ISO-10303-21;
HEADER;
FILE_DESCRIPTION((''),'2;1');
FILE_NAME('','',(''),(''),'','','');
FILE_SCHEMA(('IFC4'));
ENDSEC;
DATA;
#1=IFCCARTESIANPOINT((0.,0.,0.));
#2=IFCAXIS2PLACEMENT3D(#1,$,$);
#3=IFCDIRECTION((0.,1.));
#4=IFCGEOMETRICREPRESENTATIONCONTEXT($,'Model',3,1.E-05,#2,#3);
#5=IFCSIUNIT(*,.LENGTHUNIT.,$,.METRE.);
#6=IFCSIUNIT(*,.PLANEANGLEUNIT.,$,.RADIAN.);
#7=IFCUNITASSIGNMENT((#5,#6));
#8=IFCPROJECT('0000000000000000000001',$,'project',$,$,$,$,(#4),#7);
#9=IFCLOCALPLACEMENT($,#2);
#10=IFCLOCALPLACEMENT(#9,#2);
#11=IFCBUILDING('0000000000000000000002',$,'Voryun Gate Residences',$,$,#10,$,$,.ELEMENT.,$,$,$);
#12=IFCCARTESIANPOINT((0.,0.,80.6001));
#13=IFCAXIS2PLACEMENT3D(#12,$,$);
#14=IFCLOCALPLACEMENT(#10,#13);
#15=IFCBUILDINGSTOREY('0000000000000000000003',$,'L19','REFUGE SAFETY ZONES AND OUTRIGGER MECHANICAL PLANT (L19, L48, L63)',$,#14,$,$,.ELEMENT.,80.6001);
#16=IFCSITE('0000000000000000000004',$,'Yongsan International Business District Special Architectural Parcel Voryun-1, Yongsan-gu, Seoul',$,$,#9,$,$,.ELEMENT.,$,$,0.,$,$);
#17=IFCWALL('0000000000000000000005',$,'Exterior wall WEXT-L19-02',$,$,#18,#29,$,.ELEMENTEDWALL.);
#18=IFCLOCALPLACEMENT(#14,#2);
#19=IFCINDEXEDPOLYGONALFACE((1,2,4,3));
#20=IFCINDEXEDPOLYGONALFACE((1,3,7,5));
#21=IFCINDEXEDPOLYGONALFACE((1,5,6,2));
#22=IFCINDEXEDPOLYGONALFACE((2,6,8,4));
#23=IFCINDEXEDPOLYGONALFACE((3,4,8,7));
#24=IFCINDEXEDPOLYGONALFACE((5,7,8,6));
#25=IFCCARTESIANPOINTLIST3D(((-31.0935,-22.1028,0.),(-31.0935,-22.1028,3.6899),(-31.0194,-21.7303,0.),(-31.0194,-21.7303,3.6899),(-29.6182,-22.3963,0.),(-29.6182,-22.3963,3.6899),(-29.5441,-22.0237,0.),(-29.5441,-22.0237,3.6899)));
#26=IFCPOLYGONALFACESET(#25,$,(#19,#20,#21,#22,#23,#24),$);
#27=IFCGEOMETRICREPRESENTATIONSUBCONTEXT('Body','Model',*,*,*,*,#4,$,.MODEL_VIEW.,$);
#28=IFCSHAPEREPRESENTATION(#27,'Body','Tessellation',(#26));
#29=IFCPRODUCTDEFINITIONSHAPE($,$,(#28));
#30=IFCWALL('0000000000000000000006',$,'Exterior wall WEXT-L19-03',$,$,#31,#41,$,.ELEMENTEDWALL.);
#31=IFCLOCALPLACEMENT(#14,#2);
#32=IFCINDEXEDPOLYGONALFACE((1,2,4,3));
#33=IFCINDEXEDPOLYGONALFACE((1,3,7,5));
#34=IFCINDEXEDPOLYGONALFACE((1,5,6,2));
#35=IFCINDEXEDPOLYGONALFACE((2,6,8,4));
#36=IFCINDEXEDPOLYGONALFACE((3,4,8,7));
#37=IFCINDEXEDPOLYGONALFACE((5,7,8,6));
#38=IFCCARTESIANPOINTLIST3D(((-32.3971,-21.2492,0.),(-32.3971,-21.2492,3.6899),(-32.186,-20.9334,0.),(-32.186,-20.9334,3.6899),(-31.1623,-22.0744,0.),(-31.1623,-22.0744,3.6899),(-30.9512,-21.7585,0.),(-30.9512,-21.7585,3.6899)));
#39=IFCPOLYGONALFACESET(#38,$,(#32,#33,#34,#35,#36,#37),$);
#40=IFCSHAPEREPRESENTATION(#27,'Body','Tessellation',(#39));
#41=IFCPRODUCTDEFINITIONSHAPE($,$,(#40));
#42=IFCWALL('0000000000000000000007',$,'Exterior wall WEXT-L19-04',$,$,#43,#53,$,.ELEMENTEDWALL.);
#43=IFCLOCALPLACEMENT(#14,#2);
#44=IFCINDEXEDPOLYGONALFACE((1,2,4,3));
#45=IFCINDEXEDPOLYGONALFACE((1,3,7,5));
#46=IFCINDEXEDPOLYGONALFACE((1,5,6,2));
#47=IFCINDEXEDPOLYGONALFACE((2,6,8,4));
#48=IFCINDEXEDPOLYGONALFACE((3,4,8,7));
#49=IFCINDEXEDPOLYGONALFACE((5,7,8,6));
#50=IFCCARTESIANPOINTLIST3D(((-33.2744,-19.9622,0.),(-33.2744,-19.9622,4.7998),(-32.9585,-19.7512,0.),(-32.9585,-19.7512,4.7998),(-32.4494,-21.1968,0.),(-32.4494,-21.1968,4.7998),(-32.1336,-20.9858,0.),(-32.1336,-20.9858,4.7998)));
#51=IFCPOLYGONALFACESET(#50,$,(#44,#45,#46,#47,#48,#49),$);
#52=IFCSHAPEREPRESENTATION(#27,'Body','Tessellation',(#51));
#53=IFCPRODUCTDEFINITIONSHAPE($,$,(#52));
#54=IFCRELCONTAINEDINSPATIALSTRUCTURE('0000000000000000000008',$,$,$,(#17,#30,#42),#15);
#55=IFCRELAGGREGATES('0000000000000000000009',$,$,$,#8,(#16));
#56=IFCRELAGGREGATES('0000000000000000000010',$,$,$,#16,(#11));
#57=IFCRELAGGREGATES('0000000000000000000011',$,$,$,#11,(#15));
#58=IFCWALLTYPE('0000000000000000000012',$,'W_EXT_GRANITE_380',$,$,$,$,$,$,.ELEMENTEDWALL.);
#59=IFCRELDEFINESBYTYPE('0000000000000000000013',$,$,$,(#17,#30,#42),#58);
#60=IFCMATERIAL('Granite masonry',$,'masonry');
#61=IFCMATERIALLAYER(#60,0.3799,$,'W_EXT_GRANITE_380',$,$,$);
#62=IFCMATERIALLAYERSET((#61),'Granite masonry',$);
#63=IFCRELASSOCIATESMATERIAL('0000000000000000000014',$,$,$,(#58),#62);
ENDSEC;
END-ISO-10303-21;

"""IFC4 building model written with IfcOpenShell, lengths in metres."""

from ifc_helpers import new_model, si_unit, direction, frame, frame_2d, origin, place, context, subcontext, project, spatial, rectangle, extrude, material, layer, layer_set, type_object, element, save


model = new_model("IFC4")

# Units and contexts
model_context = context("Model", 3, precision=1e-05, world=origin(), true_north=direction((0.0, 1.0)))
body_context = subcontext(model_context, "Body", "Model", "MODEL_VIEW")
ifc_project = project(units=[si_unit("LENGTHUNIT", "METRE"), si_unit("PLANEANGLEUNIT", "RADIAN")], contexts=[model_context])

# Site, building, storey
site_placement = place(None, origin())
site = spatial("IfcSite", under=ifc_project, at=site_placement, Name="Yongsan International Business District Special Architectural Parcel Voryun-1, Yongsan-gu, Seoul", CompositionType="ELEMENT", RefElevation=0.0)
building_placement = place(site_placement, origin())
building = spatial("IfcBuilding", under=site, at=building_placement, Name="Voryun Gate Residences", CompositionType="ELEMENT")
storey_placement = place(building_placement, frame((0.0, 0.0, 80.6001)))
storey = spatial("IfcBuildingStorey", under=building, at=storey_placement, Name="L19", Description="REFUGE SAFETY ZONES AND OUTRIGGER MECHANICAL PLANT (L19, L48, L63)", CompositionType="ELEMENT", Elevation=80.6001)

# Walls
ifc_material_1 = material(Name="Granite masonry", Category="masonry")
ifc_layer_1 = layer(ifc_material_1, 0.3799, Name="W_EXT_GRANITE_380")
ifc_layer_set_1 = layer_set([ifc_layer_1], Name="Granite masonry")
wall_type = type_object("IfcWallType", Name="W_EXT_GRANITE_380", PredefinedType="ELEMENTEDWALL", material=ifc_layer_set_1)
wall_1_placement = place(storey_placement, frame((-29.5813, -22.21, 0.0), z_axis=(0.0, 0.0, 1.0), x_axis=(-0.980786, 0.195086, 0.0)))
element("IfcWall", 1, at=wall_1_placement, inside=storey, type_object=wall_type, Name="Exterior wall WEXT-L19-02", PredefinedType="ELEMENTEDWALL", context=body_context, shape_type="SweptSolid", body=[
    extrude(rectangle(XDim=1.5042, YDim=0.3799, at=frame_2d((0.752, 0.0))), origin(), (0.0, 0.0, 1.0), 3.6899),
])
wall_2_placement = place(storey_placement, frame((-31.0566, -21.9165, 0.0), z_axis=(0.0, 0.0, 1.0), x_axis=(-0.831443, 0.55561, 0.0)))
element("IfcWall", 2, at=wall_2_placement, inside=storey, type_object=wall_type, Name="Exterior wall WEXT-L19-03", PredefinedType="ELEMENTEDWALL", context=body_context, shape_type="SweptSolid", body=[
    extrude(rectangle(XDim=1.4851, YDim=0.3799, at=frame_2d((0.7427, 0.0))), origin(), (0.0, 0.0, 1.0), 3.6899),
])
wall_3_placement = place(storey_placement, frame((-32.2915, -21.0913, 0.0), z_axis=(0.0, 0.0, 1.0), x_axis=(-0.555573, 0.831468, 0.0)))
element("IfcWall", 3, at=wall_3_placement, inside=storey, type_object=wall_type, Name="Exterior wall WEXT-L19-04", PredefinedType="ELEMENTEDWALL", context=body_context, shape_type="SweptSolid", body=[
    extrude(rectangle(XDim=1.4849, YDim=0.3799, at=frame_2d((0.7424, 0.0))), origin(), (0.0, 0.0, 1.0), 4.7998),
])

save(model, "model.ifc")
